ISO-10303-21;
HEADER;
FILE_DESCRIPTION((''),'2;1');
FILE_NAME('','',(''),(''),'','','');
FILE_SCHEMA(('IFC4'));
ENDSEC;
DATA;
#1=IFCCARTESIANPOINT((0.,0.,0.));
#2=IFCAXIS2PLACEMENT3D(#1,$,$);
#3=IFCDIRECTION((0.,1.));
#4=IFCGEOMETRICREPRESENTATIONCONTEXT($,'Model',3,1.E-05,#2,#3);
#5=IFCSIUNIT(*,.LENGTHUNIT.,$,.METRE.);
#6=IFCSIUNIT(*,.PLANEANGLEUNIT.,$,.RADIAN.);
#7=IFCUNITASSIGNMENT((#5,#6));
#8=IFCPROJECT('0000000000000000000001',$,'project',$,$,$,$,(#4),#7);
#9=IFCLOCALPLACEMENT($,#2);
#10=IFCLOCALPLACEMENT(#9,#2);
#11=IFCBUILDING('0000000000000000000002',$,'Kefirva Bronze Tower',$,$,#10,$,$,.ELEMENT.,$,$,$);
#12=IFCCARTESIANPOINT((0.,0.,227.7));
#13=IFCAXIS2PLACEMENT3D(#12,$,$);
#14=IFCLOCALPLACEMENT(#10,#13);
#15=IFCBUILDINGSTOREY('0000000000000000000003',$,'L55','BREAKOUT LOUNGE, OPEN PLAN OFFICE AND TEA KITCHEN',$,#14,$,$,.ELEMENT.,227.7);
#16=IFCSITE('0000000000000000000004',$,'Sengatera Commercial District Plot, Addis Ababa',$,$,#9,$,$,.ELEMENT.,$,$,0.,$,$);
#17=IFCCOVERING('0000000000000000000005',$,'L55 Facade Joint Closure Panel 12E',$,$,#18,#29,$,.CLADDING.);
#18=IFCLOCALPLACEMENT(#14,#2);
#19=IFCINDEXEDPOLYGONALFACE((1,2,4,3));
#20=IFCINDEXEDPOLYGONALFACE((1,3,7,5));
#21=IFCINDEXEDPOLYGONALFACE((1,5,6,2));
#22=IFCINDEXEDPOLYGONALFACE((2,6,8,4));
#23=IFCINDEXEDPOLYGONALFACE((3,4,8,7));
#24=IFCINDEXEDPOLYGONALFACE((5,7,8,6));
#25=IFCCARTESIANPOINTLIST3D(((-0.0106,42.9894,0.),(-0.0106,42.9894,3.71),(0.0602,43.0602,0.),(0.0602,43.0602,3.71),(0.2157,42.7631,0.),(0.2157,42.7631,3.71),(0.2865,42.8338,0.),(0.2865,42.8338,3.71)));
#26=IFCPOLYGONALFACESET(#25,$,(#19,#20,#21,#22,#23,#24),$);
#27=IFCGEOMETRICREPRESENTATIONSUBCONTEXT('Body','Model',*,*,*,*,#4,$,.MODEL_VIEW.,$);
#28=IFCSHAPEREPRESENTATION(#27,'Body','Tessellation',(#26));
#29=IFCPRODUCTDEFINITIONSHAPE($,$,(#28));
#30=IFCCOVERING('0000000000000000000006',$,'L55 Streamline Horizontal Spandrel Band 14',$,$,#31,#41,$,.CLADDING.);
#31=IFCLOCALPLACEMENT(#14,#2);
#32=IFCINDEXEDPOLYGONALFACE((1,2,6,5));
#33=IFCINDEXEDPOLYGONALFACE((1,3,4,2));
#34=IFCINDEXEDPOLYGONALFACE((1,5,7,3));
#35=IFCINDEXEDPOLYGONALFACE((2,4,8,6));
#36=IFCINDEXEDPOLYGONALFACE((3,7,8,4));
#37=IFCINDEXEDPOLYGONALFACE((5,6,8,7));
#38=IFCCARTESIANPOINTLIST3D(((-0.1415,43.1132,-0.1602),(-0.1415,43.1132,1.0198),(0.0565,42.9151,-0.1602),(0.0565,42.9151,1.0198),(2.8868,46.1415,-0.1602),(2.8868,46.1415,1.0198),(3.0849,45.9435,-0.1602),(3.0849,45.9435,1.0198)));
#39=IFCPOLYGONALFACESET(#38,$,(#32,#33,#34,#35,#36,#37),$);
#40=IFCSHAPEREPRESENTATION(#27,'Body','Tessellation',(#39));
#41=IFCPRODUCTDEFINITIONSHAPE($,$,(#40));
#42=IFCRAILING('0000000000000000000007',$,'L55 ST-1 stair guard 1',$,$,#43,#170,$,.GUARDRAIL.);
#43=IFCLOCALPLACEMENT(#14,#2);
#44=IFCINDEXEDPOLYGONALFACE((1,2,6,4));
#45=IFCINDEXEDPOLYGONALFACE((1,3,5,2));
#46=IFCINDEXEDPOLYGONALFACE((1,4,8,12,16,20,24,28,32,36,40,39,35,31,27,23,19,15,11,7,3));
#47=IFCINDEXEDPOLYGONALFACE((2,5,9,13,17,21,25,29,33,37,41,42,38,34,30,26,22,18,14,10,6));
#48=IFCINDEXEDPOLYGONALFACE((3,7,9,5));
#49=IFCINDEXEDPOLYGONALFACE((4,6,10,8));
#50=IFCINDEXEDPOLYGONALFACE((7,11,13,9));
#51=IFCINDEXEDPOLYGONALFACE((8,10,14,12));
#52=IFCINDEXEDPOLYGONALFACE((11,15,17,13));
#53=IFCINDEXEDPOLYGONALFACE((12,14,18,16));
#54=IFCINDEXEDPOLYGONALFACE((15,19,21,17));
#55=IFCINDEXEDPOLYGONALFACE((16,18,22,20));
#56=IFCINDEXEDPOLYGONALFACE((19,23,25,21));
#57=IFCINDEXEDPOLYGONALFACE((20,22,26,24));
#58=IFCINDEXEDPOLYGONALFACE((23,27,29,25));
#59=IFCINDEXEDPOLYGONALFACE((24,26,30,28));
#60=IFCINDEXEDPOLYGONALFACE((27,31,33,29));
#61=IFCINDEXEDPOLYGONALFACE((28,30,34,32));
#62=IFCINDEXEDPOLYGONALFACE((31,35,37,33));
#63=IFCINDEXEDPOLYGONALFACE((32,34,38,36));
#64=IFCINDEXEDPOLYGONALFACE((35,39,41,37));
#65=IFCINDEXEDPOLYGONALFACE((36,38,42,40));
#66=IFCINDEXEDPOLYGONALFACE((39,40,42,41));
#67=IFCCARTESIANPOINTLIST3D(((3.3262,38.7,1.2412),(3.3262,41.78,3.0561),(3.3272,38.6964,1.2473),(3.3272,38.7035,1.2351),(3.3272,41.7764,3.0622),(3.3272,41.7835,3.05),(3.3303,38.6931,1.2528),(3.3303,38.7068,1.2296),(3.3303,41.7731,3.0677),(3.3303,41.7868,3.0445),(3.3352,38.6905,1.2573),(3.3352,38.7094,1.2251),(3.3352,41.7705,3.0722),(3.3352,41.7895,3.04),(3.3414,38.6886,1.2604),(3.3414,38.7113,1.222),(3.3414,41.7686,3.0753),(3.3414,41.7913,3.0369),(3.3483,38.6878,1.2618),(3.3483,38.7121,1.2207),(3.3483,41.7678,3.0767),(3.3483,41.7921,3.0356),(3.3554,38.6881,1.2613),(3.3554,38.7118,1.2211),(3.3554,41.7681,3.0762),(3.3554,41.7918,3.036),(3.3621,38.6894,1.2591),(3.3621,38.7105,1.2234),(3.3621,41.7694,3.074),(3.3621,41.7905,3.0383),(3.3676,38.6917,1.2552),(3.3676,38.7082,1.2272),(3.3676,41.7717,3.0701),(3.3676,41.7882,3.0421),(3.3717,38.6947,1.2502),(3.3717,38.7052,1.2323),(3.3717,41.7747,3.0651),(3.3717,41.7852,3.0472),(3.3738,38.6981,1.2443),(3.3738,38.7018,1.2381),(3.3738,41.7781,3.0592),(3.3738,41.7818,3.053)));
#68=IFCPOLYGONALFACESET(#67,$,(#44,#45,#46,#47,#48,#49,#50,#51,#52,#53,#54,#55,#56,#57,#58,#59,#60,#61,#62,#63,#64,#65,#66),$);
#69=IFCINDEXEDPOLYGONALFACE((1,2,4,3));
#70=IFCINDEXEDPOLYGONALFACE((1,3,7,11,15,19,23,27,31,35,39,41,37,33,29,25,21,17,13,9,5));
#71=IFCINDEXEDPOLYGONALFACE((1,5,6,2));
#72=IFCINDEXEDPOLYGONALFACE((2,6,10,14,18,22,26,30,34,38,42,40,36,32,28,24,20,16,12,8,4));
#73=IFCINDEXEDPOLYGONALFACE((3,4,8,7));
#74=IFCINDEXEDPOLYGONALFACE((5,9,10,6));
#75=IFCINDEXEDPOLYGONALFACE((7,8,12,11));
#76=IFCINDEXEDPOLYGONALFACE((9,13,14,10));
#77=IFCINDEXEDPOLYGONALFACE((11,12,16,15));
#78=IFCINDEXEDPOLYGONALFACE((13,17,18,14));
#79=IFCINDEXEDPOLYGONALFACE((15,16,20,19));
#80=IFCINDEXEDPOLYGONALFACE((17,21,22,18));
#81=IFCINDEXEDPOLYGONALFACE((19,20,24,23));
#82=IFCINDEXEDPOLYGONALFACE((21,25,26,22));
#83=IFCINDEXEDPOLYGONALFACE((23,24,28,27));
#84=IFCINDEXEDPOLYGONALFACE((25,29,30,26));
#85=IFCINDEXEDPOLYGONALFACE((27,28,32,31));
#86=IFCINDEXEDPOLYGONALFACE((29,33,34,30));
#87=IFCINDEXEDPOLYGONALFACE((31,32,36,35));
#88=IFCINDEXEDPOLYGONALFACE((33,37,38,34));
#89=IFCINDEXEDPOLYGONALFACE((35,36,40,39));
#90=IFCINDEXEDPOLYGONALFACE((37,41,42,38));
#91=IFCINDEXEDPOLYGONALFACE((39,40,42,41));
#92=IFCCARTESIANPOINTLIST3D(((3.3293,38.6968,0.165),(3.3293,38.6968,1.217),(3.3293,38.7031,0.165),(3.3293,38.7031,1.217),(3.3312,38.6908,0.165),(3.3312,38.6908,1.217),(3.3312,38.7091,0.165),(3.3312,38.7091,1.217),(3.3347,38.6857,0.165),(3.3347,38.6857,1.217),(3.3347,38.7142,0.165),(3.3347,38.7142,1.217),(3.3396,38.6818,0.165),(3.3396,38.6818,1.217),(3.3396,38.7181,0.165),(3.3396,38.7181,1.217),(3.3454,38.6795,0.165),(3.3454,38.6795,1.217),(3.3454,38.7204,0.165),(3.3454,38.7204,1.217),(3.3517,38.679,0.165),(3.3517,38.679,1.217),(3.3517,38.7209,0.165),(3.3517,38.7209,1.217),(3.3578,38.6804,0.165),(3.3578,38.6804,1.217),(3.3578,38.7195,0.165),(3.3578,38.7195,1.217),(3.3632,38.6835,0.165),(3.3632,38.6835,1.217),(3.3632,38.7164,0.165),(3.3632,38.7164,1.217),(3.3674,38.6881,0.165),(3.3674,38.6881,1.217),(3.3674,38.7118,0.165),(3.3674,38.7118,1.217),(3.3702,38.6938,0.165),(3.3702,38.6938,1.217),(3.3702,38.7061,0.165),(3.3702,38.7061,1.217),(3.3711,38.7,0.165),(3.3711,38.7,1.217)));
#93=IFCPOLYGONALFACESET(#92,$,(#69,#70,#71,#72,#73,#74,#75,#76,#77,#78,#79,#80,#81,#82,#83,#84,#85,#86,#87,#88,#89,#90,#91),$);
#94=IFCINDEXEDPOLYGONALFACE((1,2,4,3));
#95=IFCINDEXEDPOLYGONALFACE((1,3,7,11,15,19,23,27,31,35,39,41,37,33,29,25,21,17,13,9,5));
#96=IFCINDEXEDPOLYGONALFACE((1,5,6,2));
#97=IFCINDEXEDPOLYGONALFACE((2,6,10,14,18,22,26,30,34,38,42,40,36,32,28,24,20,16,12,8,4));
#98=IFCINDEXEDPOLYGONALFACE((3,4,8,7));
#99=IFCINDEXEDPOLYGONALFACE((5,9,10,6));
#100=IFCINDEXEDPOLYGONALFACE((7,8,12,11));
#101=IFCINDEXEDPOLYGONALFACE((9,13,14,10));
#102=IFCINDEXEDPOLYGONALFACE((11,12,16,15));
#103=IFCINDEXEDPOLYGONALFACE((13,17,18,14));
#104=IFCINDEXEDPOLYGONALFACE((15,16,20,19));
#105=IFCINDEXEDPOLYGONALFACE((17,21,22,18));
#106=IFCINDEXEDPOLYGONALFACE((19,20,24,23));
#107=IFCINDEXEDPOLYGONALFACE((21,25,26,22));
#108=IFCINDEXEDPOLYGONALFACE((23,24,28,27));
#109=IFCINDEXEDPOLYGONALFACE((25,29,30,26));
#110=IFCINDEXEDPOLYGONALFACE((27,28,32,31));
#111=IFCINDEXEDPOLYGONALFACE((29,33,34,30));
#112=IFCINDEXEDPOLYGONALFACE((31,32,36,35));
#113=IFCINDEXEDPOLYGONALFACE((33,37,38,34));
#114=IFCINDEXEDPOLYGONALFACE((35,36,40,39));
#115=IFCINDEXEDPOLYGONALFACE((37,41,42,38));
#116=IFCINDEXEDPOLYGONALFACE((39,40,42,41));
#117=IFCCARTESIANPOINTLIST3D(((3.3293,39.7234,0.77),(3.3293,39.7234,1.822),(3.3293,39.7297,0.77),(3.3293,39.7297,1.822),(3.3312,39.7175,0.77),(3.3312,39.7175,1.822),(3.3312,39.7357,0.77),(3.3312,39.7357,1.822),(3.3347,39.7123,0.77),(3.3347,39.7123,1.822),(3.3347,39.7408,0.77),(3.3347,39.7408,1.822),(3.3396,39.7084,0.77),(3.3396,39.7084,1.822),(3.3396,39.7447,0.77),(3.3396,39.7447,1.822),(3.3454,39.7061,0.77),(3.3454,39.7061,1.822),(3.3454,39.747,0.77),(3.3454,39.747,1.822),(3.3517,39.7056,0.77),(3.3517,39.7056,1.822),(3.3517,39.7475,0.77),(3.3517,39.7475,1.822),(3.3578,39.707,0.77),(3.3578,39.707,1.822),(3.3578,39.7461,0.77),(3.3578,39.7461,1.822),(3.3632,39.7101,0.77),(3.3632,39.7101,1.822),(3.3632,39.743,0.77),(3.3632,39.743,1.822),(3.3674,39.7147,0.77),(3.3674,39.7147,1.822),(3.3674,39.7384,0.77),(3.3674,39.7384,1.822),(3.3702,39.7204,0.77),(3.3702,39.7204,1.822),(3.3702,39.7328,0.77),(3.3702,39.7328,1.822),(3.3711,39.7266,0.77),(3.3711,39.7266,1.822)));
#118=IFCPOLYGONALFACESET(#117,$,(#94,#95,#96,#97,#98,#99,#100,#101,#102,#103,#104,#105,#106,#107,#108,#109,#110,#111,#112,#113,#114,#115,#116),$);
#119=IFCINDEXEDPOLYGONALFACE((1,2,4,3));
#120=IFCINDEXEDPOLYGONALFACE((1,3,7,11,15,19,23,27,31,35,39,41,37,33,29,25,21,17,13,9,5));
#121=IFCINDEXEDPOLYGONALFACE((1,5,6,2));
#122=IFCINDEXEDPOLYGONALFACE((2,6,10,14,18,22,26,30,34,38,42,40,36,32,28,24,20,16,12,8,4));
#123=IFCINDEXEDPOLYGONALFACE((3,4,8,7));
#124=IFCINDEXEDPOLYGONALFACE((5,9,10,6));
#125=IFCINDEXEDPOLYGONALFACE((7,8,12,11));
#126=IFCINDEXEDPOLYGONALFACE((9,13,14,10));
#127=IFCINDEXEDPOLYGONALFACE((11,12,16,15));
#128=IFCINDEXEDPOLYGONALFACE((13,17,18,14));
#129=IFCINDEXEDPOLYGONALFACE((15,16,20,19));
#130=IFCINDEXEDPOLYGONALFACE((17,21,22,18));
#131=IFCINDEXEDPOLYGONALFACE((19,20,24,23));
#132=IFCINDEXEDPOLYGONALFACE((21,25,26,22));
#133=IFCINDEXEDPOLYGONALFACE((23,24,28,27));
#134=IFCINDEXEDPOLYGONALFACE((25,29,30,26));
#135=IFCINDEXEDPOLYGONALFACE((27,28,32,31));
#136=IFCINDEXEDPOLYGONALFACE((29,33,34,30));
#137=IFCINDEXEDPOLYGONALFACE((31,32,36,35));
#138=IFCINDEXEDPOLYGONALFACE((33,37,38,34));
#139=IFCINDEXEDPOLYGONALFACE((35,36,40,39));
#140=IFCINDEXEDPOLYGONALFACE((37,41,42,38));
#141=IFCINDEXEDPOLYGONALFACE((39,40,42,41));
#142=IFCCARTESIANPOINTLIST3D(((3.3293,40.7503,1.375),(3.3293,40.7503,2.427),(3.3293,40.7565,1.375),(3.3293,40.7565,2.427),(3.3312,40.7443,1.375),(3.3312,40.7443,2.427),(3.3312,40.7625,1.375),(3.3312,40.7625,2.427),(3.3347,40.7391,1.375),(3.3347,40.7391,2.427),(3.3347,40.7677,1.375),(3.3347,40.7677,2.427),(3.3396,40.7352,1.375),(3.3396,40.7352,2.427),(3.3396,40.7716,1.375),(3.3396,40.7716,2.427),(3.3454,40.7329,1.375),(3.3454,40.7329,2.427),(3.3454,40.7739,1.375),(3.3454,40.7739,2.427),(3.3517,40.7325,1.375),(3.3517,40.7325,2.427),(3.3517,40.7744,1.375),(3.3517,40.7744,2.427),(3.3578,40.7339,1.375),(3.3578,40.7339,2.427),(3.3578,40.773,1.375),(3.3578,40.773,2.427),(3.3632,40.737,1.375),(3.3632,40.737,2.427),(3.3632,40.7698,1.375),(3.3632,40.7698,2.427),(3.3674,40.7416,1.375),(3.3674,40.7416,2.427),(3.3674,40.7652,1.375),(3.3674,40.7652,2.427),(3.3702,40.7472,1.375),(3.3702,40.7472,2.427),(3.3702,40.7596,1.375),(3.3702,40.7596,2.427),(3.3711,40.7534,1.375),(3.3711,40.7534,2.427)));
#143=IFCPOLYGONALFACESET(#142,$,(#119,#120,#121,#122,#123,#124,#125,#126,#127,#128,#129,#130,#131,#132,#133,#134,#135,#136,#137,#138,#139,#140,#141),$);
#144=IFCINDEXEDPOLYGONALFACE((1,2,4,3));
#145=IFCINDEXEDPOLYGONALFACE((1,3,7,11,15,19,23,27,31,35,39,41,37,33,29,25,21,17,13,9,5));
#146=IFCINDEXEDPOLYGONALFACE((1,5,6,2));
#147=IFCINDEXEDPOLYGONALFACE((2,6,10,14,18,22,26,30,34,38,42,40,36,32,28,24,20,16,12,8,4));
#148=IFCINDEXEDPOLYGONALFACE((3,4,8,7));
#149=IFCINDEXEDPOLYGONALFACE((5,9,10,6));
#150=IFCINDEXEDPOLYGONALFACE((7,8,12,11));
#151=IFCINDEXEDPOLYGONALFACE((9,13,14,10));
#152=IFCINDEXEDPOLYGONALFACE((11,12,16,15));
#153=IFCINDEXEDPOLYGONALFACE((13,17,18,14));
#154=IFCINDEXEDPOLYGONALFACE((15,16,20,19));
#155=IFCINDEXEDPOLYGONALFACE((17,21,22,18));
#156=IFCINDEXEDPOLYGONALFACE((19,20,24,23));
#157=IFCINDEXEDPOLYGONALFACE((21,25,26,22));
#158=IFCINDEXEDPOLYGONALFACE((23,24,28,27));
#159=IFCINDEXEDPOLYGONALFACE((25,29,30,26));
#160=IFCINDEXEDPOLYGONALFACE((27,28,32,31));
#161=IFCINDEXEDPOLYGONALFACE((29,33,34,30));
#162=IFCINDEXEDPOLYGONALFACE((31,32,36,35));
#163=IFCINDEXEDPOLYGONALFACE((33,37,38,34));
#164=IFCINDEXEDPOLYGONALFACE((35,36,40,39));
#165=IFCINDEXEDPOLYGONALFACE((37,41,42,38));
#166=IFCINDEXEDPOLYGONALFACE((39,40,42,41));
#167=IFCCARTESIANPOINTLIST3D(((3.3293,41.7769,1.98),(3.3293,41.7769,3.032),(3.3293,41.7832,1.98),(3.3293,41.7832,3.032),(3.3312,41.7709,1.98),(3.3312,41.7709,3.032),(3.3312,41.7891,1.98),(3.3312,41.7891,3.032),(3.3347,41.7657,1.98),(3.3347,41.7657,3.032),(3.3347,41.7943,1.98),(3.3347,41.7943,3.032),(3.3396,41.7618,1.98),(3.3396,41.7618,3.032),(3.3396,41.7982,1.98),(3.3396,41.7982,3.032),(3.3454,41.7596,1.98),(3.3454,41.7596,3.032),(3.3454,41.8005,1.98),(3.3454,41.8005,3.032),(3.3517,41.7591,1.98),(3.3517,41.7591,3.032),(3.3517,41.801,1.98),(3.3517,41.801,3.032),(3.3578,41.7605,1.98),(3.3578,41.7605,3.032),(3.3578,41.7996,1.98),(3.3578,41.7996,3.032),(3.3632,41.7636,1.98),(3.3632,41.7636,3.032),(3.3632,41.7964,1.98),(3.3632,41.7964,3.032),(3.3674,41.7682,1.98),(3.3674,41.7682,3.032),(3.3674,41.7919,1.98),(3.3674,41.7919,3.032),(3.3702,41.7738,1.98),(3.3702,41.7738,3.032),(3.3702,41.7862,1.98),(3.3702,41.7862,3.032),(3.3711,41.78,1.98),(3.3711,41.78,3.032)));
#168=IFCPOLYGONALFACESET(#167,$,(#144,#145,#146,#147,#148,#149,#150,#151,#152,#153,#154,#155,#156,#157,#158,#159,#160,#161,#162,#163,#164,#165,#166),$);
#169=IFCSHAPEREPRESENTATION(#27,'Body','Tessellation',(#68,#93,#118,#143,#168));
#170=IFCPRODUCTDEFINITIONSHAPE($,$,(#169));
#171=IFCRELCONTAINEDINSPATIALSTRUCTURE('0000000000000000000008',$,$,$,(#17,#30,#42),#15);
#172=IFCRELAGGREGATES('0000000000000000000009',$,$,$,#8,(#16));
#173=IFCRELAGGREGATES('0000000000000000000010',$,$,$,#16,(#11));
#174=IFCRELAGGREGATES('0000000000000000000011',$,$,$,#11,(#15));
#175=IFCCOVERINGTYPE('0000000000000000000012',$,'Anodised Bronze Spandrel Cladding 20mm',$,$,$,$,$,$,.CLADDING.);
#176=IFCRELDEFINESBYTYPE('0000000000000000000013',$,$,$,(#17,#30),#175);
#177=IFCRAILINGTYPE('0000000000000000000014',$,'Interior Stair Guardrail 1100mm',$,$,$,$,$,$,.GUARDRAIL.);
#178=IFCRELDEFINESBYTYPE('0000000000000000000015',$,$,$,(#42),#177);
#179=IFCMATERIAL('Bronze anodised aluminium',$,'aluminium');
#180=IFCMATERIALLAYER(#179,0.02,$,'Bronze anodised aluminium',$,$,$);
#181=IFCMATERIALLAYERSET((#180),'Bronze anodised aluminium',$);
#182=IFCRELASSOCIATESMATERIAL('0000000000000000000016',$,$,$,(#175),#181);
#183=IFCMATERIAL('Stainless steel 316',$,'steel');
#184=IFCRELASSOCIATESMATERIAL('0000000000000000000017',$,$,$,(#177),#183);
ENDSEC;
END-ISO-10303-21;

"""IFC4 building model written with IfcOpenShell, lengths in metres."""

from ifc_helpers import new_model, si_unit, direction, frame, origin, origin_2d, place, context, subcontext, project, spatial, rectangle, circle, extrude, material, layer, layer_set, type_object, element, save


model = new_model("IFC4")

# Units and contexts
model_context = context("Model", 3, precision=1e-05, world=origin(), true_north=direction((0.0, 1.0)))
body_context = subcontext(model_context, "Body", "Model", "MODEL_VIEW")
ifc_project = project(units=[si_unit("LENGTHUNIT", "METRE"), si_unit("PLANEANGLEUNIT", "RADIAN")], contexts=[model_context])

# Site, building, storey
site_placement = place(None, origin())
site = spatial("IfcSite", under=ifc_project, at=site_placement, Name="Sengatera Commercial District Plot, Addis Ababa", CompositionType="ELEMENT", RefElevation=0.0)
building_placement = place(site_placement, origin())
building = spatial("IfcBuilding", under=site, at=building_placement, Name="Kefirva Bronze Tower", CompositionType="ELEMENT")
storey_placement = place(building_placement, frame((0.0, 0.0, 227.7)))
storey = spatial("IfcBuildingStorey", under=building, at=storey_placement, Name="L55", Description="BREAKOUT LOUNGE, OPEN PLAN OFFICE AND TEA KITCHEN", CompositionType="ELEMENT", Elevation=227.7)

# Coverings
ifc_material_1 = material(Name="Bronze anodised aluminium", Category="aluminium")
ifc_layer_1 = layer(ifc_material_1, 0.02, Name="Bronze anodised aluminium")
ifc_layer_set_1 = layer_set([ifc_layer_1], Name="Bronze anodised aluminium")
covering_type_1 = type_object("IfcCoveringType", Name="Anodised Bronze Spandrel Cladding 20mm", PredefinedType="CLADDING", material=ifc_layer_set_1)
for number, where, z_axis, x_axis, name in (
    (1, (0.1379, 42.9116, 0.0), (0.0, 0.0, 1.0), (-0.707107, -0.707107, 0.0), "L55 Facade Joint Closure Panel 12E"),
):
    element("IfcCovering", number, at=place(storey_placement, frame(where, z_axis=z_axis, x_axis=x_axis)), inside=storey, type_object=covering_type_1, Name=name, PredefinedType="CLADDING", context=body_context, shape_type="SweptSolid", body=[
        extrude(rectangle(XDim=0.1001, YDim=0.3201, at=origin_2d()), origin(), (0.0, 0.0, 1.0), 3.71),
    ])
covering_1_placement = place(storey_placement, frame((1.4717, 44.5283, -0.1602), z_axis=(0.0, 0.0, 1.0), x_axis=(-0.707107, -0.707107, 0.0)))
element("IfcCovering", 2, at=covering_1_placement, inside=storey, type_object=covering_type_1, Name="L55 Streamline Horizontal Spandrel Band 14", PredefinedType="CLADDING", context=body_context, shape_type="SweptSolid", body=[
    extrude(rectangle(XDim=4.2827, YDim=0.28, at=origin_2d()), origin(), (0.0, 0.0, 1.0), 1.1799),
])

# Railing
ifc_material_2 = material(Name="Stainless steel 316", Category="steel")
railing_type_1 = type_object("IfcRailingType", Name="Interior Stair Guardrail 1100mm", PredefinedType="GUARDRAIL", material=ifc_material_2)
railing_1_placement = place(storey_placement, frame((3.3501, 38.7, 0.165)))
element("IfcRailing", 3, at=railing_1_placement, inside=storey, type_object=railing_type_1, Name="L55 ST-1 stair guard 1", PredefinedType="GUARDRAIL", context=body_context, shape_type="SweptSolid", body=[
    extrude(circle(Radius=0.0239, at=origin_2d()), frame((0.0, 0.0, 1.0762), z_axis=(0.0, 0.861551, 0.507671), x_axis=(-1.0, 0.0, 0.0)), (0.0, 0.0, 1.0), 3.575),
    extrude(circle(Radius=0.021, at=origin_2d()), origin(), (0.0, 0.0, 1.0), 1.052),
    extrude(circle(Radius=0.021, at=origin_2d()), frame((0.0, 1.0266, 0.605)), (0.0, 0.0, 1.0), 1.052),
    extrude(circle(Radius=0.021, at=origin_2d()), frame((0.0, 2.0535, 1.21)), (0.0, 0.0, 1.0), 1.052),
    extrude(circle(Radius=0.021, at=origin_2d()), frame((0.0, 3.0801, 1.8149)), (0.0, 0.0, 1.0), 1.052),
])

save(model, "model.ifc")
